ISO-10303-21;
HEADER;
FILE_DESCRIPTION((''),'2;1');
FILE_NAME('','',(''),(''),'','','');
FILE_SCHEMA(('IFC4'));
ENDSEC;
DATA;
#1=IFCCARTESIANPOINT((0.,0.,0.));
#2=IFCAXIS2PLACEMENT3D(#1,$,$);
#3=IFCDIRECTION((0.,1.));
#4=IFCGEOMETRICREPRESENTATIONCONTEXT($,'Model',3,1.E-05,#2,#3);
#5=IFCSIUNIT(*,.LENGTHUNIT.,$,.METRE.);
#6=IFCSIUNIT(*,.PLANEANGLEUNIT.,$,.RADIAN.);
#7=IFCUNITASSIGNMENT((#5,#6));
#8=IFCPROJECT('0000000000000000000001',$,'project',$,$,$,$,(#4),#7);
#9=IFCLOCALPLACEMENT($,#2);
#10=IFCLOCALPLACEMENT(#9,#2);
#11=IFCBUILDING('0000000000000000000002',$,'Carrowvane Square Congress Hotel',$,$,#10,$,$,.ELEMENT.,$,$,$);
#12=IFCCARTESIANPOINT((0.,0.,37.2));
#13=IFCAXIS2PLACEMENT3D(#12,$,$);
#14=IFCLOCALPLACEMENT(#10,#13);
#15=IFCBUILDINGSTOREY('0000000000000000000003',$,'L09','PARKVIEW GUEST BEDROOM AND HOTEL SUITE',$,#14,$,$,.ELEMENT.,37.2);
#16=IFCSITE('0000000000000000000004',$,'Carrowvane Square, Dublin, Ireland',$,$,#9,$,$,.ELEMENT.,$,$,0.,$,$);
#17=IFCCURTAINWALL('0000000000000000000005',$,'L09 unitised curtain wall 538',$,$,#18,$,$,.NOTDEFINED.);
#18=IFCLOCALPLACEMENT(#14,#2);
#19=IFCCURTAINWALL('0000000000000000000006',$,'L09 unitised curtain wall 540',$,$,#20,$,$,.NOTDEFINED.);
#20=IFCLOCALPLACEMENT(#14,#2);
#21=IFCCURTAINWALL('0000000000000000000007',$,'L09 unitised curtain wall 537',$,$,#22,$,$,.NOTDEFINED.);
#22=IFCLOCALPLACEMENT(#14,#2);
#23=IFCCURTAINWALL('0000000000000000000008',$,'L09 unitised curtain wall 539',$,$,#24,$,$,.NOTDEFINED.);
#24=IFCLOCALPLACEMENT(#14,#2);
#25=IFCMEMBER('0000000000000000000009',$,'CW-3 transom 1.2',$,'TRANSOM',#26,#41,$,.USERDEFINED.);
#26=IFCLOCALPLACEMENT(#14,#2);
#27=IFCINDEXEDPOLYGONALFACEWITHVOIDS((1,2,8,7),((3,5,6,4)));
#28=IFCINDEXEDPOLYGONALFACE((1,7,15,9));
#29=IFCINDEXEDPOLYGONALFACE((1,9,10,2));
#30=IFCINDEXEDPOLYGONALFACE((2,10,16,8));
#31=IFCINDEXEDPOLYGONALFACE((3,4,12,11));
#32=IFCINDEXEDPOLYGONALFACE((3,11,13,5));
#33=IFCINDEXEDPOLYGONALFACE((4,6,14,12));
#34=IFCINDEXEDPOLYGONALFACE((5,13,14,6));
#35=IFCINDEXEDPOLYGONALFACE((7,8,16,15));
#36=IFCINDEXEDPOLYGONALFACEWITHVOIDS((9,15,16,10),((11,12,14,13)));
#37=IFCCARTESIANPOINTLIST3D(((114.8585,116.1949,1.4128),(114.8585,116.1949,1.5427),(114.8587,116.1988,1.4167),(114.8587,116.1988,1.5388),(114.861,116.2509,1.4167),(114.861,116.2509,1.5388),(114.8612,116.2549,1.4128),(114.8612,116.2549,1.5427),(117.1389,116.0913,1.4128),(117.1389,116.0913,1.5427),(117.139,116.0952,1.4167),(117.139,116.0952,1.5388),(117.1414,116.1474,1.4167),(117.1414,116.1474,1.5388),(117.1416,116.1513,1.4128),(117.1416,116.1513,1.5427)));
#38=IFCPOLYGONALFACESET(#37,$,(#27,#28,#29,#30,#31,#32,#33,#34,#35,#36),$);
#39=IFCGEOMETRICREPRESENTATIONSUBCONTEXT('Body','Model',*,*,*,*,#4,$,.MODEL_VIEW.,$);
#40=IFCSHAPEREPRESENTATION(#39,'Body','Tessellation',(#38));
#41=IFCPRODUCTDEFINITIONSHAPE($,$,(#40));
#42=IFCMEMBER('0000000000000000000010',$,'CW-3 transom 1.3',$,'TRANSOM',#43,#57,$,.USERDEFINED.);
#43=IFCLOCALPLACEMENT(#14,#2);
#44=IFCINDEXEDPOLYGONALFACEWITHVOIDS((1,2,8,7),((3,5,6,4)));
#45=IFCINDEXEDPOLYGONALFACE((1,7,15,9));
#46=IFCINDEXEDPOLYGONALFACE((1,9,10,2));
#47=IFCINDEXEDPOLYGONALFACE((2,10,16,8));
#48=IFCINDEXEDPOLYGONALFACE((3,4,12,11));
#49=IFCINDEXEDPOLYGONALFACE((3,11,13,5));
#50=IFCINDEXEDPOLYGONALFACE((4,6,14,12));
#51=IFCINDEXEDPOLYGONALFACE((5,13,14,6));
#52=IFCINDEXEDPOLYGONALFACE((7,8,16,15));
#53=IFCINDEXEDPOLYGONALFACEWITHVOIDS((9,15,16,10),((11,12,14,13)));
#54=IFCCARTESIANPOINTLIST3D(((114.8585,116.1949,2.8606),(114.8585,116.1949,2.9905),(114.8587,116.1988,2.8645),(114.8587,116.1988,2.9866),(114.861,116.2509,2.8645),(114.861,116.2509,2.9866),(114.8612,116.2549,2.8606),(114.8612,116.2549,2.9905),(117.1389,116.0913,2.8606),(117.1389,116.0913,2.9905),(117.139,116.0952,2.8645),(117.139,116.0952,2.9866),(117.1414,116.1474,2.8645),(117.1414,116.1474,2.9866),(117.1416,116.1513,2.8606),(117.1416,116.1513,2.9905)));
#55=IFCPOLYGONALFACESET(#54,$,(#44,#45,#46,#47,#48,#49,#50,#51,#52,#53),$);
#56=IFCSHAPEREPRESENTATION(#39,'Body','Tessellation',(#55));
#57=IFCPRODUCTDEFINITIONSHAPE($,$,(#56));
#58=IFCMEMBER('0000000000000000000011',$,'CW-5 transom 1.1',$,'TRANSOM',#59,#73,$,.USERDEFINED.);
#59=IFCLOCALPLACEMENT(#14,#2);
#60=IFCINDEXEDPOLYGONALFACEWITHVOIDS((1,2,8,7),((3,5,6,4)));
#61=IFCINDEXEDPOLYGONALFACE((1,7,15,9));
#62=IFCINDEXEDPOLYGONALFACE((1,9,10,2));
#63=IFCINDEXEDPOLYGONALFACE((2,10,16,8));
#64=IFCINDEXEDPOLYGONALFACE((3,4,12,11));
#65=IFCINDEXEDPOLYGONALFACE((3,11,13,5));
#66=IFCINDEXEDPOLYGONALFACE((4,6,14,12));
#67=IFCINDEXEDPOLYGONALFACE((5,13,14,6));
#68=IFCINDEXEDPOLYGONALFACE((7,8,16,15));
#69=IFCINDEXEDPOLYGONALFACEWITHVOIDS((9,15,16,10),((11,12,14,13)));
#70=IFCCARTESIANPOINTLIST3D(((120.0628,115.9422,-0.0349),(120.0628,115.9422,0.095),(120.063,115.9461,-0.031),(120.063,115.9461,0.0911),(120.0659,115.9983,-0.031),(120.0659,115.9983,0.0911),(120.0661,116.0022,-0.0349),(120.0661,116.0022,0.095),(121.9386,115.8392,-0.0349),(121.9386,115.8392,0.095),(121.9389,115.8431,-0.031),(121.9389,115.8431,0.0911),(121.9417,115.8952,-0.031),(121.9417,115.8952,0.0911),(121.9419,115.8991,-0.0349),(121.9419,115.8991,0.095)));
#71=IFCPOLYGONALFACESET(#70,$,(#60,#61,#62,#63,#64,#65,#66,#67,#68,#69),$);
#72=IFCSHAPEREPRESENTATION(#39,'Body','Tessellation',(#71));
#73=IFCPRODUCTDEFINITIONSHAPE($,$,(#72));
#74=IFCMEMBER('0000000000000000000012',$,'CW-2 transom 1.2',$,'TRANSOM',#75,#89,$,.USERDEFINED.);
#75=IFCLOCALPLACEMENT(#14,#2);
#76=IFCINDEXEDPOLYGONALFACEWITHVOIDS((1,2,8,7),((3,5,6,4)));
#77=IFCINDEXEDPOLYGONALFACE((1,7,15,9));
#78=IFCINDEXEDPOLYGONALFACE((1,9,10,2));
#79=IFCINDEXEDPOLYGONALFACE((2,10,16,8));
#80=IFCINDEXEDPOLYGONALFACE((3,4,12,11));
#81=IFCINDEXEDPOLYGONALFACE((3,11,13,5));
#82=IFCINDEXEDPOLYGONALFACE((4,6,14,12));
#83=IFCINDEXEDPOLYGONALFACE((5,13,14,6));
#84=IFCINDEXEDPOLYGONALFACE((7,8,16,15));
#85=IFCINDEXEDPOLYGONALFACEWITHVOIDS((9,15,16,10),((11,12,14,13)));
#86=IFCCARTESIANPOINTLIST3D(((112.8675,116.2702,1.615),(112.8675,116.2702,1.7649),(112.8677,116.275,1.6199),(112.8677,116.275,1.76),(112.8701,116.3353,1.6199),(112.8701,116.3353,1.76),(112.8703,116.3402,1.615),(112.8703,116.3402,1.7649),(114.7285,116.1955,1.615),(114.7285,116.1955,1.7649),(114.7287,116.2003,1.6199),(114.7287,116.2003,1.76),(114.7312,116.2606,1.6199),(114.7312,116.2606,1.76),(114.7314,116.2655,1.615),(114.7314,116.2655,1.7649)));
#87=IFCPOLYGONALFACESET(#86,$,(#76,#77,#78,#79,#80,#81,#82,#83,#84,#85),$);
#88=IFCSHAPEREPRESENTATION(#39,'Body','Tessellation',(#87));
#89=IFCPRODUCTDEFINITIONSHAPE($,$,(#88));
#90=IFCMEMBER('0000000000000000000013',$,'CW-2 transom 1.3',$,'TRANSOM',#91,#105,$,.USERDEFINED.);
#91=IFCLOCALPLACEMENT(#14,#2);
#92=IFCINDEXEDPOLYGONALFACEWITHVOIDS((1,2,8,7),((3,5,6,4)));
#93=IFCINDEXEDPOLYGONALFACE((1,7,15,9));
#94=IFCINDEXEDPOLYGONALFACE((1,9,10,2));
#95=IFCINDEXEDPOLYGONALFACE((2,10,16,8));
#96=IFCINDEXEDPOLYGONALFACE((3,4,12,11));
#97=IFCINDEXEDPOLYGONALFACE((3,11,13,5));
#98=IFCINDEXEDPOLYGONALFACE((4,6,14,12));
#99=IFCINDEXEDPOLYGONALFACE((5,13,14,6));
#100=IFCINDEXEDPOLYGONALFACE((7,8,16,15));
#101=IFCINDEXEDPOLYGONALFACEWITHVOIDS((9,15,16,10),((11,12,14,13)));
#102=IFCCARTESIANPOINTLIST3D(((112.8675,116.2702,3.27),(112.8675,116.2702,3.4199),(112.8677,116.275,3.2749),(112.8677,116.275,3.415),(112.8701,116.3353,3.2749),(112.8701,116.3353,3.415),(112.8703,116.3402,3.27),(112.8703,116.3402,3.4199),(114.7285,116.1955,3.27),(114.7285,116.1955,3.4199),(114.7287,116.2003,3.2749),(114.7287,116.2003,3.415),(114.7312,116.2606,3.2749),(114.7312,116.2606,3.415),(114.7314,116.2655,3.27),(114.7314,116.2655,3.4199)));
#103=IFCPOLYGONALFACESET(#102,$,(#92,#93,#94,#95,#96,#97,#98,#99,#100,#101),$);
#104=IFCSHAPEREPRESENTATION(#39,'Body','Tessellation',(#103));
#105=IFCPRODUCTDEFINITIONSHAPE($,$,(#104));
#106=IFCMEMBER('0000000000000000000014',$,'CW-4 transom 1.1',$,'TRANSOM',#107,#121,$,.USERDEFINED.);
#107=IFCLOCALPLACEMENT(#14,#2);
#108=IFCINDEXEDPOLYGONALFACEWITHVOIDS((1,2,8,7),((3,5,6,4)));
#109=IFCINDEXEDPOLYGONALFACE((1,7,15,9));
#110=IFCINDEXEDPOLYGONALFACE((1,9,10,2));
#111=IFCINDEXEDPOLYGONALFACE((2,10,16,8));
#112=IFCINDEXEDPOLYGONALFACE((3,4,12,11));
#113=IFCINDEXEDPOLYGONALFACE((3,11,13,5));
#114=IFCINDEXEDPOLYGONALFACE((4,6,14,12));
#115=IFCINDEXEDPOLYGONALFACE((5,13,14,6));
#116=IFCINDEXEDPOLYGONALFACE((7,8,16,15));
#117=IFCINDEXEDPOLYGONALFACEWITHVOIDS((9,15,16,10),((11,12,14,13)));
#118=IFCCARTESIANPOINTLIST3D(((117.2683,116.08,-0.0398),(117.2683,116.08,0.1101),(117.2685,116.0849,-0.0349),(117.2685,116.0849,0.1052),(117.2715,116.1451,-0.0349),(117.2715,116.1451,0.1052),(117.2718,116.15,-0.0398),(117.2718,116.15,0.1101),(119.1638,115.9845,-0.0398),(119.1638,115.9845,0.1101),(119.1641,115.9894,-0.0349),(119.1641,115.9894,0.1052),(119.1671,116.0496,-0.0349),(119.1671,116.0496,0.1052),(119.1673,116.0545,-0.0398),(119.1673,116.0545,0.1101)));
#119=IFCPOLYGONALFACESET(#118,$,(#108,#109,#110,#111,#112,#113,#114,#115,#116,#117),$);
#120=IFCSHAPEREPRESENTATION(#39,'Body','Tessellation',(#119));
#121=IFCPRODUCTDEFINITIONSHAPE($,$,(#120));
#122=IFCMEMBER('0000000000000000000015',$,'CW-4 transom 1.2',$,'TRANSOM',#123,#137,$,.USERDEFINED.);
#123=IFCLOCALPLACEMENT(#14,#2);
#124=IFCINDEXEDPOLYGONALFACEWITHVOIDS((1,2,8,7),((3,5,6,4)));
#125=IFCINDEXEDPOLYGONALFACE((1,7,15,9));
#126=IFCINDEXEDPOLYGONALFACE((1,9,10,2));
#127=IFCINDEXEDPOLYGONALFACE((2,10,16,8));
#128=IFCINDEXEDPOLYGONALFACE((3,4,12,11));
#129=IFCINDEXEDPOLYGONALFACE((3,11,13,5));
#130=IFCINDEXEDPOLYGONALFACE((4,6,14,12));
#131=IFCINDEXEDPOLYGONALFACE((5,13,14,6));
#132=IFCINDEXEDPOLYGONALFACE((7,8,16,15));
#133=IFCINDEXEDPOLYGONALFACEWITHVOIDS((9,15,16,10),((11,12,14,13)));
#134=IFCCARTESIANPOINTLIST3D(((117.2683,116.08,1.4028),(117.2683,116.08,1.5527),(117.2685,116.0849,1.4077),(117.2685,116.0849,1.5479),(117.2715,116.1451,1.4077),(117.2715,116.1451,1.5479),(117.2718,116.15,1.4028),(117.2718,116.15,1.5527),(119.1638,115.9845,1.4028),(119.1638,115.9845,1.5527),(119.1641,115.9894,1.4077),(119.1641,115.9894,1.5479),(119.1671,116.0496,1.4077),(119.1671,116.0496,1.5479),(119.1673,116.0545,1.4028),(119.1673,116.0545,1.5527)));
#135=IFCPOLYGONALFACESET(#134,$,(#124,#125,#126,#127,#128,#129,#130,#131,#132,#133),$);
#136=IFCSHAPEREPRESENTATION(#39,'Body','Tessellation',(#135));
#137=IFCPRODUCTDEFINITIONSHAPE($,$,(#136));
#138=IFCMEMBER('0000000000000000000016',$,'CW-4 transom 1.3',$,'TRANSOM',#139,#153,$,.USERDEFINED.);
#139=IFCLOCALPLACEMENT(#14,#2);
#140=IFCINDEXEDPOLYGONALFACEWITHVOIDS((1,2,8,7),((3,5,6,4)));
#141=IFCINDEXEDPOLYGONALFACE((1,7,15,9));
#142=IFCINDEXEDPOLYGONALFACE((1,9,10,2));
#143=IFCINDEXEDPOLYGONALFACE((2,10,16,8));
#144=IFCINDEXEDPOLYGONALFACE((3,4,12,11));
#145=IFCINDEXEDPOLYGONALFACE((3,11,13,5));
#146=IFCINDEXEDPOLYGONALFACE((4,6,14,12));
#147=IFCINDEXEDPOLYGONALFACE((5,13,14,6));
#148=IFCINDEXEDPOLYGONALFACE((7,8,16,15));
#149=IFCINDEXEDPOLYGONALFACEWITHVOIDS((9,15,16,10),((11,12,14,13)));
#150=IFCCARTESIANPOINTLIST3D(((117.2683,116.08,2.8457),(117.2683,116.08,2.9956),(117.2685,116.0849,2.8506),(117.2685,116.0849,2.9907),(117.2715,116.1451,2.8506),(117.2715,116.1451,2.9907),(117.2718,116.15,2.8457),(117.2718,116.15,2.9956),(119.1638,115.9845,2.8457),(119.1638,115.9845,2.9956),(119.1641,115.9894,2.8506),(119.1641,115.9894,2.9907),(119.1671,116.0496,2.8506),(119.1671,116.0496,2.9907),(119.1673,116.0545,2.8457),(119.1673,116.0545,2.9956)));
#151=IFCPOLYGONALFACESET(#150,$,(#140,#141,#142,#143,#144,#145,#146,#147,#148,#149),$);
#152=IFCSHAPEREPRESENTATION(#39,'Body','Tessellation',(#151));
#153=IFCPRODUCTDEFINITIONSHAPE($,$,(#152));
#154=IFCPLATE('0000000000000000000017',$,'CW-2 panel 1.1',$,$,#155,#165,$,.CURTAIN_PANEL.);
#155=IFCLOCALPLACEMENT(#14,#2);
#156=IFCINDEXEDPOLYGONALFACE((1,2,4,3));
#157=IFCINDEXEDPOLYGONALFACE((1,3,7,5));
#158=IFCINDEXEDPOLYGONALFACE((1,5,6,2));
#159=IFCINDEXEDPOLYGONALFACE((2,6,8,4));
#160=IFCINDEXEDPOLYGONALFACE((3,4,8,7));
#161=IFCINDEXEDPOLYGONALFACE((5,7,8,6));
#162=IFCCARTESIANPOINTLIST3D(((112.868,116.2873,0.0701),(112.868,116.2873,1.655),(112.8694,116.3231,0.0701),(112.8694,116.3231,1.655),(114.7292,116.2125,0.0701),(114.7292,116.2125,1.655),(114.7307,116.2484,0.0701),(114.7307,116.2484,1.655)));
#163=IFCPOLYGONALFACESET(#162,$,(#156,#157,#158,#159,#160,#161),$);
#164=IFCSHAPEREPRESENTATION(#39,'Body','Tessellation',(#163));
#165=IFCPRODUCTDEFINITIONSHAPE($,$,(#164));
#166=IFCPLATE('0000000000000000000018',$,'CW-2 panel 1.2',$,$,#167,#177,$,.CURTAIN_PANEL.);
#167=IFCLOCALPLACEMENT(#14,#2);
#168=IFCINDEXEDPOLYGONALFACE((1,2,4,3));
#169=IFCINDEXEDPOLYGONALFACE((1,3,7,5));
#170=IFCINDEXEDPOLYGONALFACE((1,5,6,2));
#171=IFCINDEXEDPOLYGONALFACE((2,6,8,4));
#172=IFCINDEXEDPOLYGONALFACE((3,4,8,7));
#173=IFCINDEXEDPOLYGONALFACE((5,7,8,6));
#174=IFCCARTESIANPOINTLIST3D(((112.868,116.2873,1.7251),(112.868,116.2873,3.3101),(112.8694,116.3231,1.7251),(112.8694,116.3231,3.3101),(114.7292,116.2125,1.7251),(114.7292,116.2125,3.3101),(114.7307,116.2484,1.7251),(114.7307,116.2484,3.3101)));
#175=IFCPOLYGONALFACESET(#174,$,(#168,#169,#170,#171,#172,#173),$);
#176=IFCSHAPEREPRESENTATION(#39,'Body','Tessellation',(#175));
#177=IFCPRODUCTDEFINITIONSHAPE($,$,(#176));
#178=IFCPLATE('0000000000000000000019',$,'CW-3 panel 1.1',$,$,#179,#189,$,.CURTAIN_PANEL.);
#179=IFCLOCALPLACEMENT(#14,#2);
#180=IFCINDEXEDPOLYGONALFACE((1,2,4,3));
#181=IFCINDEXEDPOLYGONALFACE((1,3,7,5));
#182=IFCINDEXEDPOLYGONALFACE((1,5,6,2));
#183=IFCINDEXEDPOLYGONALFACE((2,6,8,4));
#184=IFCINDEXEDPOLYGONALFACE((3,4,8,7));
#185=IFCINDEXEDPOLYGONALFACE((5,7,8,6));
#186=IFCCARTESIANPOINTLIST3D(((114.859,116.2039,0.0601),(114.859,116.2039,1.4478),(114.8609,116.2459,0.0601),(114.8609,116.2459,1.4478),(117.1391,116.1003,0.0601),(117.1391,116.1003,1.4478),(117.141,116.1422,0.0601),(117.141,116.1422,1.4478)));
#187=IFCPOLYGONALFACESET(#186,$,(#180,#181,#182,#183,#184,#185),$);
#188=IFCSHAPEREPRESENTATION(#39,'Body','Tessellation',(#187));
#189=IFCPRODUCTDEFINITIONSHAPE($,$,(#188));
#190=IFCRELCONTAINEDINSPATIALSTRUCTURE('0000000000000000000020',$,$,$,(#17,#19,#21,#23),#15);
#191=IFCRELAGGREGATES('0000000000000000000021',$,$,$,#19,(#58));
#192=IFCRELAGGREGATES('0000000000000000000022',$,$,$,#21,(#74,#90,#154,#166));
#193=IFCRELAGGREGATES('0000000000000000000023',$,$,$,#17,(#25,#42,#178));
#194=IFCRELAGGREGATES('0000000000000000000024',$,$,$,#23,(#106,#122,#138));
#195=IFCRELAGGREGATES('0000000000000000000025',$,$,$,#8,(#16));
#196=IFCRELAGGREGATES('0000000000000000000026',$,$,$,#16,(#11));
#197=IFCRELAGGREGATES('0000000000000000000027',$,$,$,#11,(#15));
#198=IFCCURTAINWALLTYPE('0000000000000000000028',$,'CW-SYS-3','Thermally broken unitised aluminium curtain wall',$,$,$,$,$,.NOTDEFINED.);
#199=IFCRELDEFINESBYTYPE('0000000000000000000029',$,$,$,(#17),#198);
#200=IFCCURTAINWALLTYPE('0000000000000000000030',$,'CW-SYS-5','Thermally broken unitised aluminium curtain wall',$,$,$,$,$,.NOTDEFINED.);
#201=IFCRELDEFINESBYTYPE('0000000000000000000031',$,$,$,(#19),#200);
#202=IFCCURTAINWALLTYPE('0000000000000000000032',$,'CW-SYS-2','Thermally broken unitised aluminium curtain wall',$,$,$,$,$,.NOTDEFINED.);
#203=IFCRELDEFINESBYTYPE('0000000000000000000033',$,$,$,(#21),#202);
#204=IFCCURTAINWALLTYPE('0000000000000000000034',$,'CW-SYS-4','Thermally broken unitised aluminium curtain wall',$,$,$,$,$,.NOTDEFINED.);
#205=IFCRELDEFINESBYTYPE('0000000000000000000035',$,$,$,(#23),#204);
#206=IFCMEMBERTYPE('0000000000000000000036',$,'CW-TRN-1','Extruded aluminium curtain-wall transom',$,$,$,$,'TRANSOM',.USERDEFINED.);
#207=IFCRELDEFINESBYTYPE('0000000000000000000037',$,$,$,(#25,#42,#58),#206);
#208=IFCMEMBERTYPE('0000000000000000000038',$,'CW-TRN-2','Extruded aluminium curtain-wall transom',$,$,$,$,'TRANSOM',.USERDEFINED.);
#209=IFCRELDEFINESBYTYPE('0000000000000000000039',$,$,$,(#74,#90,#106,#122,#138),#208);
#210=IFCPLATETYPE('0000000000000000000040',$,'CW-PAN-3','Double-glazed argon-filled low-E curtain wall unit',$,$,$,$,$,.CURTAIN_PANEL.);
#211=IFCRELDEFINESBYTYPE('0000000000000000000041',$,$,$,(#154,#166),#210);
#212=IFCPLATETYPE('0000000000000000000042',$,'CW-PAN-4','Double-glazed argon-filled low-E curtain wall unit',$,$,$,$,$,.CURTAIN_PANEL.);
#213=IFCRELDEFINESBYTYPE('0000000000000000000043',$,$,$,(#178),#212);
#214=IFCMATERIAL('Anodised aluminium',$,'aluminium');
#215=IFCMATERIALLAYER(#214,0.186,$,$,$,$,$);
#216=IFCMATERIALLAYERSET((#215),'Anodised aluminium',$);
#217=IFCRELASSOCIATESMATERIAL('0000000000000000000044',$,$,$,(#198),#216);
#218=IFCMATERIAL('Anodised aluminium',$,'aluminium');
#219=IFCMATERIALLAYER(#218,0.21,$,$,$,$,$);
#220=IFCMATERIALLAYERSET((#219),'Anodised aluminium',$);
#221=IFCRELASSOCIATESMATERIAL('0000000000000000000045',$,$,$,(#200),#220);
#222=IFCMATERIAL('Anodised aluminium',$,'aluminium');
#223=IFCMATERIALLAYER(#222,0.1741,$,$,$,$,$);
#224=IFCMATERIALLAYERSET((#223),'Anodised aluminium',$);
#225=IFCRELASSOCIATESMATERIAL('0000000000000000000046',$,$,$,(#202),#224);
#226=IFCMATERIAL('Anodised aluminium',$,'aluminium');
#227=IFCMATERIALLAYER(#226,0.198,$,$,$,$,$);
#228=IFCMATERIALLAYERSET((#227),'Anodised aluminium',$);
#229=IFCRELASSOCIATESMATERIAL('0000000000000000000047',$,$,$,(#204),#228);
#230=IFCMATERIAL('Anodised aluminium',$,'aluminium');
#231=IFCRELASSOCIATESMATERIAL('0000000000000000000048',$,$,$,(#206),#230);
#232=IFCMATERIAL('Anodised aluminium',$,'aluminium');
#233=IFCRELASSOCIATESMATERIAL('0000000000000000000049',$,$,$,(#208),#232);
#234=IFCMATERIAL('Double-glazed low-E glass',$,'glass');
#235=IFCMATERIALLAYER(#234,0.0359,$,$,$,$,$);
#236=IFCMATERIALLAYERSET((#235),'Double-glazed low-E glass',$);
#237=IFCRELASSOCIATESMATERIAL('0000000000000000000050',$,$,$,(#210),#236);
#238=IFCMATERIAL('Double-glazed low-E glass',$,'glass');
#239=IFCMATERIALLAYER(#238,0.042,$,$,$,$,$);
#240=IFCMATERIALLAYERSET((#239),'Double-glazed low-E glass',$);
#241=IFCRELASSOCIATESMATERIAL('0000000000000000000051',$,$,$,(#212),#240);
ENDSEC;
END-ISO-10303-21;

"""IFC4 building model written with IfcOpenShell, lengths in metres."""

from ifc_helpers import new_model, si_unit, direction, frame, origin, origin_2d, place, context, subcontext, project, spatial, rectangle, hollow_rectangle, extrude, material, layer, layer_set, material_profile, profile_set, type_object, element, aggregate, save


model = new_model("IFC4")

# Units and contexts
model_context = context("Model", 3, precision=1e-05, world=origin(), true_north=direction((0.0, 1.0)))
body_context = subcontext(model_context, "Body", "Model", "MODEL_VIEW")
ifc_project = project(units=[si_unit("LENGTHUNIT", "METRE"), si_unit("PLANEANGLEUNIT", "RADIAN")], contexts=[model_context])

# Site, building, storey
site_placement = place(None, origin())
site = spatial("IfcSite", under=ifc_project, at=site_placement, Name="Carrowvane Square, Dublin, Ireland", CompositionType="ELEMENT", RefElevation=0.0)
building_placement = place(site_placement, origin())
building = spatial("IfcBuilding", under=site, at=building_placement, Name="Carrowvane Square Congress Hotel", CompositionType="ELEMENT")
storey_placement = place(building_placement, frame((0.0, 0.0, 37.2)))
storey = spatial("IfcBuildingStorey", under=building, at=storey_placement, Name="L09", Description="PARKVIEW GUEST BEDROOM AND HOTEL SUITE", CompositionType="ELEMENT", Elevation=37.2)

# Curtain wall
ifc_material_1 = material(Name="Anodised aluminium", Category="aluminium")
ifc_layer_1 = layer(ifc_material_1, 0.186)
ifc_layer_set_1 = layer_set([ifc_layer_1], Name="Anodised aluminium")
curtain_wall_type_1 = type_object("IfcCurtainWallType", Name="CW-SYS-3", Description="Thermally broken unitised aluminium curtain wall", PredefinedType="NOTDEFINED", material=ifc_layer_set_1)
curtain_wall_1_placement = place(storey_placement, origin())
curtain_wall_1 = element("IfcCurtainWall", 1, at=curtain_wall_1_placement, inside=storey, type_object=curtain_wall_type_1, Name="L09 unitised curtain wall 538", PredefinedType="NOTDEFINED")

# Curtain walls
ifc_material_2 = material(Name="Anodised aluminium", Category="aluminium")
ifc_layer_2 = layer(ifc_material_2, 0.21)
ifc_layer_set_2 = layer_set([ifc_layer_2], Name="Anodised aluminium")
curtain_wall_type_2 = type_object("IfcCurtainWallType", Name="CW-SYS-5", Description="Thermally broken unitised aluminium curtain wall", PredefinedType="NOTDEFINED", material=ifc_layer_set_2)
curtain_wall_2_placement = place(storey_placement, origin())
curtain_wall_2 = element("IfcCurtainWall", 2, at=curtain_wall_2_placement, inside=storey, type_object=curtain_wall_type_2, Name="L09 unitised curtain wall 540", PredefinedType="NOTDEFINED")
ifc_material_3 = material(Name="Anodised aluminium", Category="aluminium")
ifc_layer_3 = layer(ifc_material_3, 0.1741)
ifc_layer_set_3 = layer_set([ifc_layer_3], Name="Anodised aluminium")
curtain_wall_type_3 = type_object("IfcCurtainWallType", Name="CW-SYS-2", Description="Thermally broken unitised aluminium curtain wall", PredefinedType="NOTDEFINED", material=ifc_layer_set_3)
curtain_wall_3_placement = place(storey_placement, origin())
curtain_wall_3 = element("IfcCurtainWall", 3, at=curtain_wall_3_placement, inside=storey, type_object=curtain_wall_type_3, Name="L09 unitised curtain wall 537", PredefinedType="NOTDEFINED")

# Curtain wall
ifc_material_4 = material(Name="Anodised aluminium", Category="aluminium")
ifc_layer_4 = layer(ifc_material_4, 0.198)
ifc_layer_set_4 = layer_set([ifc_layer_4], Name="Anodised aluminium")
curtain_wall_type_4 = type_object("IfcCurtainWallType", Name="CW-SYS-4", Description="Thermally broken unitised aluminium curtain wall", PredefinedType="NOTDEFINED", material=ifc_layer_set_4)
curtain_wall_4_placement = place(storey_placement, origin())
curtain_wall_4 = element("IfcCurtainWall", 4, at=curtain_wall_4_placement, inside=storey, type_object=curtain_wall_type_4, Name="L09 unitised curtain wall 539", PredefinedType="NOTDEFINED")

# Members
ifc_material_5 = material(Name="Anodised aluminium", Category="aluminium")
ifc_material_profile_1 = material_profile(ifc_material_5, hollow_rectangle(XDim=0.0601, YDim=0.1299, WallThickness=0.0039, at=origin_2d()), Name="CW-TR 60x130x4")
ifc_profile_set_1 = profile_set([ifc_material_profile_1], Name="Anodised aluminium")
member_type_1 = type_object("IfcMemberType", Name="CW-TRN-1", Description="Extruded aluminium curtain-wall transom", ElementType="TRANSOM", PredefinedType="USERDEFINED", material=ifc_profile_set_1)
member_1_placement = place(storey_placement, frame((114.8599, 116.2249, 1.4778), z_axis=(0.998971, -0.045349, 0.0), x_axis=(0.045349, 0.998971, 0.0)))
member_1 = element("IfcMember", 5, at=member_1_placement, type_object=member_type_1, Name="CW-3 transom 1.2", ObjectType="TRANSOM", PredefinedType="USERDEFINED", context=body_context, shape_type="SweptSolid", body=[
    extrude(hollow_rectangle(XDim=0.0601, YDim=0.1299, WallThickness=0.0039, at=origin_2d()), origin(), (0.0, 0.0, 1.0), 2.2827),
])
member_2_placement = place(storey_placement, frame((114.8599, 116.2249, 2.9255), z_axis=(0.998971, -0.045349, 0.0), x_axis=(0.045349, 0.998971, 0.0)))
member_2 = element("IfcMember", 6, at=member_2_placement, type_object=member_type_1, Name="CW-3 transom 1.3", ObjectType="TRANSOM", PredefinedType="USERDEFINED", context=body_context, shape_type="SweptSolid", body=[
    extrude(hollow_rectangle(XDim=0.0601, YDim=0.1299, WallThickness=0.0039, at=origin_2d()), origin(), (0.0, 0.0, 1.0), 2.2827),
])
member_3_placement = place(storey_placement, frame((120.0645, 115.9722, 0.03), z_axis=(0.998495, -0.054844, 0.0), x_axis=(0.054844, 0.998495, 0.0)))
member_3 = element("IfcMember", 7, at=member_3_placement, type_object=member_type_1, Name="CW-5 transom 1.1", ObjectType="TRANSOM", PredefinedType="USERDEFINED", context=body_context, shape_type="SweptSolid", body=[
    extrude(hollow_rectangle(XDim=0.0601, YDim=0.1299, WallThickness=0.0039, at=origin_2d()), origin(), (0.0, 0.0, 1.0), 1.8787),
])
aggregate(curtain_wall_2, [member_3])
ifc_material_6 = material(Name="Anodised aluminium", Category="aluminium")
ifc_material_profile_2 = material_profile(ifc_material_6, hollow_rectangle(XDim=0.0701, YDim=0.1499, WallThickness=0.0049, at=origin_2d()), Name="CW-TR 70x150x5")
ifc_profile_set_2 = profile_set([ifc_material_profile_2], Name="Anodised aluminium")
member_type_2 = type_object("IfcMemberType", Name="CW-TRN-2", Description="Extruded aluminium curtain-wall transom", ElementType="TRANSOM", PredefinedType="USERDEFINED", material=ifc_profile_set_2)
member_4_placement = place(storey_placement, frame((112.8689, 116.3052, 1.6899), z_axis=(0.999195, -0.040109, 0.0), x_axis=(0.040109, 0.999195, 0.0)))
member_4 = element("IfcMember", 8, at=member_4_placement, type_object=member_type_2, Name="CW-2 transom 1.2", ObjectType="TRANSOM", PredefinedType="USERDEFINED", context=body_context, shape_type="SweptSolid", body=[
    extrude(hollow_rectangle(XDim=0.0701, YDim=0.1499, WallThickness=0.0049, at=origin_2d()), origin(), (0.0, 0.0, 1.0), 1.8625),
])
member_5_placement = place(storey_placement, frame((112.8689, 116.3052, 3.345), z_axis=(0.999195, -0.040109, 0.0), x_axis=(0.040109, 0.999195, 0.0)))
member_5 = element("IfcMember", 9, at=member_5_placement, type_object=member_type_2, Name="CW-2 transom 1.3", ObjectType="TRANSOM", PredefinedType="USERDEFINED", context=body_context, shape_type="SweptSolid", body=[
    extrude(hollow_rectangle(XDim=0.0701, YDim=0.1499, WallThickness=0.0049, at=origin_2d()), origin(), (0.0, 0.0, 1.0), 1.8625),
])
member_6_placement = place(storey_placement, frame((117.27, 116.115, 0.0352), z_axis=(0.998734, -0.050297, 0.0), x_axis=(0.050297, 0.998734, 0.0)))
member_6 = element("IfcMember", 10, at=member_6_placement, type_object=member_type_2, Name="CW-4 transom 1.1", ObjectType="TRANSOM", PredefinedType="USERDEFINED", context=body_context, shape_type="SweptSolid", body=[
    extrude(hollow_rectangle(XDim=0.0701, YDim=0.1499, WallThickness=0.0049, at=origin_2d()), origin(), (0.0, 0.0, 1.0), 1.8979),
])
member_7_placement = place(storey_placement, frame((117.27, 116.115, 1.4778), z_axis=(0.998734, -0.050297, 0.0), x_axis=(0.050297, 0.998734, 0.0)))
member_7 = element("IfcMember", 11, at=member_7_placement, type_object=member_type_2, Name="CW-4 transom 1.2", ObjectType="TRANSOM", PredefinedType="USERDEFINED", context=body_context, shape_type="SweptSolid", body=[
    extrude(hollow_rectangle(XDim=0.0701, YDim=0.1499, WallThickness=0.0049, at=origin_2d()), origin(), (0.0, 0.0, 1.0), 1.8979),
])
member_8_placement = place(storey_placement, frame((117.27, 116.115, 2.9207), z_axis=(0.998734, -0.050297, 0.0), x_axis=(0.050297, 0.998734, 0.0)))
member_8 = element("IfcMember", 12, at=member_8_placement, type_object=member_type_2, Name="CW-4 transom 1.3", ObjectType="TRANSOM", PredefinedType="USERDEFINED", context=body_context, shape_type="SweptSolid", body=[
    extrude(hollow_rectangle(XDim=0.0701, YDim=0.1499, WallThickness=0.0049, at=origin_2d()), origin(), (0.0, 0.0, 1.0), 1.8979),
])

# Plates
ifc_material_7 = material(Name="Double-glazed low-E glass", Category="glass")
ifc_layer_5 = layer(ifc_material_7, 0.0359)
ifc_layer_set_5 = layer_set([ifc_layer_5], Name="Double-glazed low-E glass")
plate_type_1 = type_object("IfcPlateType", Name="CW-PAN-3", Description="Double-glazed argon-filled low-E curtain wall unit", PredefinedType="CURTAIN_PANEL", material=ifc_layer_set_5)
plate_1_placement = place(storey_placement, frame((113.7993, 116.2678, 0.0701), z_axis=(0.0, 0.0, 1.0), x_axis=(0.999194, -0.040131, 0.0)))
plate_1 = element("IfcPlate", 13, at=plate_1_placement, type_object=plate_type_1, Name="CW-2 panel 1.1", PredefinedType="CURTAIN_PANEL", context=body_context, shape_type="SweptSolid", body=[
    extrude(rectangle(XDim=1.8628, YDim=0.0359, at=origin_2d()), origin(), (0.0, 0.0, 1.0), 1.585),
])
plate_2_placement = place(storey_placement, frame((113.7993, 116.2678, 1.7251), z_axis=(0.0, 0.0, 1.0), x_axis=(0.999194, -0.040131, 0.0)))
plate_2 = element("IfcPlate", 14, at=plate_2_placement, type_object=plate_type_1, Name="CW-2 panel 1.2", PredefinedType="CURTAIN_PANEL", context=body_context, shape_type="SweptSolid", body=[
    extrude(rectangle(XDim=1.8628, YDim=0.0359, at=origin_2d()), origin(), (0.0, 0.0, 1.0), 1.585),
])
aggregate(curtain_wall_3, [member_4, member_5, plate_1, plate_2])
ifc_material_8 = material(Name="Double-glazed low-E glass", Category="glass")
ifc_layer_6 = layer(ifc_material_8, 0.042)
ifc_layer_set_6 = layer_set([ifc_layer_6], Name="Double-glazed low-E glass")
plate_type_2 = type_object("IfcPlateType", Name="CW-PAN-4", Description="Double-glazed argon-filled low-E curtain wall unit", PredefinedType="CURTAIN_PANEL", material=ifc_layer_set_6)
plate_3_placement = place(storey_placement, frame((116.0, 116.1731, 0.0601), z_axis=(0.0, 0.0, 1.0), x_axis=(0.998968, -0.045411, 0.0)))
plate_3 = element("IfcPlate", 15, at=plate_3_placement, type_object=plate_type_2, Name="CW-3 panel 1.1", PredefinedType="CURTAIN_PANEL", context=body_context, shape_type="SweptSolid", body=[
    extrude(rectangle(XDim=2.2825, YDim=0.042, at=origin_2d()), origin(), (0.0, 0.0, 1.0), 1.3877),
])
aggregate(curtain_wall_1, [member_1, member_2, plate_3])
aggregate(curtain_wall_4, [member_6, member_7, member_8])

save(model, "model.ifc")
